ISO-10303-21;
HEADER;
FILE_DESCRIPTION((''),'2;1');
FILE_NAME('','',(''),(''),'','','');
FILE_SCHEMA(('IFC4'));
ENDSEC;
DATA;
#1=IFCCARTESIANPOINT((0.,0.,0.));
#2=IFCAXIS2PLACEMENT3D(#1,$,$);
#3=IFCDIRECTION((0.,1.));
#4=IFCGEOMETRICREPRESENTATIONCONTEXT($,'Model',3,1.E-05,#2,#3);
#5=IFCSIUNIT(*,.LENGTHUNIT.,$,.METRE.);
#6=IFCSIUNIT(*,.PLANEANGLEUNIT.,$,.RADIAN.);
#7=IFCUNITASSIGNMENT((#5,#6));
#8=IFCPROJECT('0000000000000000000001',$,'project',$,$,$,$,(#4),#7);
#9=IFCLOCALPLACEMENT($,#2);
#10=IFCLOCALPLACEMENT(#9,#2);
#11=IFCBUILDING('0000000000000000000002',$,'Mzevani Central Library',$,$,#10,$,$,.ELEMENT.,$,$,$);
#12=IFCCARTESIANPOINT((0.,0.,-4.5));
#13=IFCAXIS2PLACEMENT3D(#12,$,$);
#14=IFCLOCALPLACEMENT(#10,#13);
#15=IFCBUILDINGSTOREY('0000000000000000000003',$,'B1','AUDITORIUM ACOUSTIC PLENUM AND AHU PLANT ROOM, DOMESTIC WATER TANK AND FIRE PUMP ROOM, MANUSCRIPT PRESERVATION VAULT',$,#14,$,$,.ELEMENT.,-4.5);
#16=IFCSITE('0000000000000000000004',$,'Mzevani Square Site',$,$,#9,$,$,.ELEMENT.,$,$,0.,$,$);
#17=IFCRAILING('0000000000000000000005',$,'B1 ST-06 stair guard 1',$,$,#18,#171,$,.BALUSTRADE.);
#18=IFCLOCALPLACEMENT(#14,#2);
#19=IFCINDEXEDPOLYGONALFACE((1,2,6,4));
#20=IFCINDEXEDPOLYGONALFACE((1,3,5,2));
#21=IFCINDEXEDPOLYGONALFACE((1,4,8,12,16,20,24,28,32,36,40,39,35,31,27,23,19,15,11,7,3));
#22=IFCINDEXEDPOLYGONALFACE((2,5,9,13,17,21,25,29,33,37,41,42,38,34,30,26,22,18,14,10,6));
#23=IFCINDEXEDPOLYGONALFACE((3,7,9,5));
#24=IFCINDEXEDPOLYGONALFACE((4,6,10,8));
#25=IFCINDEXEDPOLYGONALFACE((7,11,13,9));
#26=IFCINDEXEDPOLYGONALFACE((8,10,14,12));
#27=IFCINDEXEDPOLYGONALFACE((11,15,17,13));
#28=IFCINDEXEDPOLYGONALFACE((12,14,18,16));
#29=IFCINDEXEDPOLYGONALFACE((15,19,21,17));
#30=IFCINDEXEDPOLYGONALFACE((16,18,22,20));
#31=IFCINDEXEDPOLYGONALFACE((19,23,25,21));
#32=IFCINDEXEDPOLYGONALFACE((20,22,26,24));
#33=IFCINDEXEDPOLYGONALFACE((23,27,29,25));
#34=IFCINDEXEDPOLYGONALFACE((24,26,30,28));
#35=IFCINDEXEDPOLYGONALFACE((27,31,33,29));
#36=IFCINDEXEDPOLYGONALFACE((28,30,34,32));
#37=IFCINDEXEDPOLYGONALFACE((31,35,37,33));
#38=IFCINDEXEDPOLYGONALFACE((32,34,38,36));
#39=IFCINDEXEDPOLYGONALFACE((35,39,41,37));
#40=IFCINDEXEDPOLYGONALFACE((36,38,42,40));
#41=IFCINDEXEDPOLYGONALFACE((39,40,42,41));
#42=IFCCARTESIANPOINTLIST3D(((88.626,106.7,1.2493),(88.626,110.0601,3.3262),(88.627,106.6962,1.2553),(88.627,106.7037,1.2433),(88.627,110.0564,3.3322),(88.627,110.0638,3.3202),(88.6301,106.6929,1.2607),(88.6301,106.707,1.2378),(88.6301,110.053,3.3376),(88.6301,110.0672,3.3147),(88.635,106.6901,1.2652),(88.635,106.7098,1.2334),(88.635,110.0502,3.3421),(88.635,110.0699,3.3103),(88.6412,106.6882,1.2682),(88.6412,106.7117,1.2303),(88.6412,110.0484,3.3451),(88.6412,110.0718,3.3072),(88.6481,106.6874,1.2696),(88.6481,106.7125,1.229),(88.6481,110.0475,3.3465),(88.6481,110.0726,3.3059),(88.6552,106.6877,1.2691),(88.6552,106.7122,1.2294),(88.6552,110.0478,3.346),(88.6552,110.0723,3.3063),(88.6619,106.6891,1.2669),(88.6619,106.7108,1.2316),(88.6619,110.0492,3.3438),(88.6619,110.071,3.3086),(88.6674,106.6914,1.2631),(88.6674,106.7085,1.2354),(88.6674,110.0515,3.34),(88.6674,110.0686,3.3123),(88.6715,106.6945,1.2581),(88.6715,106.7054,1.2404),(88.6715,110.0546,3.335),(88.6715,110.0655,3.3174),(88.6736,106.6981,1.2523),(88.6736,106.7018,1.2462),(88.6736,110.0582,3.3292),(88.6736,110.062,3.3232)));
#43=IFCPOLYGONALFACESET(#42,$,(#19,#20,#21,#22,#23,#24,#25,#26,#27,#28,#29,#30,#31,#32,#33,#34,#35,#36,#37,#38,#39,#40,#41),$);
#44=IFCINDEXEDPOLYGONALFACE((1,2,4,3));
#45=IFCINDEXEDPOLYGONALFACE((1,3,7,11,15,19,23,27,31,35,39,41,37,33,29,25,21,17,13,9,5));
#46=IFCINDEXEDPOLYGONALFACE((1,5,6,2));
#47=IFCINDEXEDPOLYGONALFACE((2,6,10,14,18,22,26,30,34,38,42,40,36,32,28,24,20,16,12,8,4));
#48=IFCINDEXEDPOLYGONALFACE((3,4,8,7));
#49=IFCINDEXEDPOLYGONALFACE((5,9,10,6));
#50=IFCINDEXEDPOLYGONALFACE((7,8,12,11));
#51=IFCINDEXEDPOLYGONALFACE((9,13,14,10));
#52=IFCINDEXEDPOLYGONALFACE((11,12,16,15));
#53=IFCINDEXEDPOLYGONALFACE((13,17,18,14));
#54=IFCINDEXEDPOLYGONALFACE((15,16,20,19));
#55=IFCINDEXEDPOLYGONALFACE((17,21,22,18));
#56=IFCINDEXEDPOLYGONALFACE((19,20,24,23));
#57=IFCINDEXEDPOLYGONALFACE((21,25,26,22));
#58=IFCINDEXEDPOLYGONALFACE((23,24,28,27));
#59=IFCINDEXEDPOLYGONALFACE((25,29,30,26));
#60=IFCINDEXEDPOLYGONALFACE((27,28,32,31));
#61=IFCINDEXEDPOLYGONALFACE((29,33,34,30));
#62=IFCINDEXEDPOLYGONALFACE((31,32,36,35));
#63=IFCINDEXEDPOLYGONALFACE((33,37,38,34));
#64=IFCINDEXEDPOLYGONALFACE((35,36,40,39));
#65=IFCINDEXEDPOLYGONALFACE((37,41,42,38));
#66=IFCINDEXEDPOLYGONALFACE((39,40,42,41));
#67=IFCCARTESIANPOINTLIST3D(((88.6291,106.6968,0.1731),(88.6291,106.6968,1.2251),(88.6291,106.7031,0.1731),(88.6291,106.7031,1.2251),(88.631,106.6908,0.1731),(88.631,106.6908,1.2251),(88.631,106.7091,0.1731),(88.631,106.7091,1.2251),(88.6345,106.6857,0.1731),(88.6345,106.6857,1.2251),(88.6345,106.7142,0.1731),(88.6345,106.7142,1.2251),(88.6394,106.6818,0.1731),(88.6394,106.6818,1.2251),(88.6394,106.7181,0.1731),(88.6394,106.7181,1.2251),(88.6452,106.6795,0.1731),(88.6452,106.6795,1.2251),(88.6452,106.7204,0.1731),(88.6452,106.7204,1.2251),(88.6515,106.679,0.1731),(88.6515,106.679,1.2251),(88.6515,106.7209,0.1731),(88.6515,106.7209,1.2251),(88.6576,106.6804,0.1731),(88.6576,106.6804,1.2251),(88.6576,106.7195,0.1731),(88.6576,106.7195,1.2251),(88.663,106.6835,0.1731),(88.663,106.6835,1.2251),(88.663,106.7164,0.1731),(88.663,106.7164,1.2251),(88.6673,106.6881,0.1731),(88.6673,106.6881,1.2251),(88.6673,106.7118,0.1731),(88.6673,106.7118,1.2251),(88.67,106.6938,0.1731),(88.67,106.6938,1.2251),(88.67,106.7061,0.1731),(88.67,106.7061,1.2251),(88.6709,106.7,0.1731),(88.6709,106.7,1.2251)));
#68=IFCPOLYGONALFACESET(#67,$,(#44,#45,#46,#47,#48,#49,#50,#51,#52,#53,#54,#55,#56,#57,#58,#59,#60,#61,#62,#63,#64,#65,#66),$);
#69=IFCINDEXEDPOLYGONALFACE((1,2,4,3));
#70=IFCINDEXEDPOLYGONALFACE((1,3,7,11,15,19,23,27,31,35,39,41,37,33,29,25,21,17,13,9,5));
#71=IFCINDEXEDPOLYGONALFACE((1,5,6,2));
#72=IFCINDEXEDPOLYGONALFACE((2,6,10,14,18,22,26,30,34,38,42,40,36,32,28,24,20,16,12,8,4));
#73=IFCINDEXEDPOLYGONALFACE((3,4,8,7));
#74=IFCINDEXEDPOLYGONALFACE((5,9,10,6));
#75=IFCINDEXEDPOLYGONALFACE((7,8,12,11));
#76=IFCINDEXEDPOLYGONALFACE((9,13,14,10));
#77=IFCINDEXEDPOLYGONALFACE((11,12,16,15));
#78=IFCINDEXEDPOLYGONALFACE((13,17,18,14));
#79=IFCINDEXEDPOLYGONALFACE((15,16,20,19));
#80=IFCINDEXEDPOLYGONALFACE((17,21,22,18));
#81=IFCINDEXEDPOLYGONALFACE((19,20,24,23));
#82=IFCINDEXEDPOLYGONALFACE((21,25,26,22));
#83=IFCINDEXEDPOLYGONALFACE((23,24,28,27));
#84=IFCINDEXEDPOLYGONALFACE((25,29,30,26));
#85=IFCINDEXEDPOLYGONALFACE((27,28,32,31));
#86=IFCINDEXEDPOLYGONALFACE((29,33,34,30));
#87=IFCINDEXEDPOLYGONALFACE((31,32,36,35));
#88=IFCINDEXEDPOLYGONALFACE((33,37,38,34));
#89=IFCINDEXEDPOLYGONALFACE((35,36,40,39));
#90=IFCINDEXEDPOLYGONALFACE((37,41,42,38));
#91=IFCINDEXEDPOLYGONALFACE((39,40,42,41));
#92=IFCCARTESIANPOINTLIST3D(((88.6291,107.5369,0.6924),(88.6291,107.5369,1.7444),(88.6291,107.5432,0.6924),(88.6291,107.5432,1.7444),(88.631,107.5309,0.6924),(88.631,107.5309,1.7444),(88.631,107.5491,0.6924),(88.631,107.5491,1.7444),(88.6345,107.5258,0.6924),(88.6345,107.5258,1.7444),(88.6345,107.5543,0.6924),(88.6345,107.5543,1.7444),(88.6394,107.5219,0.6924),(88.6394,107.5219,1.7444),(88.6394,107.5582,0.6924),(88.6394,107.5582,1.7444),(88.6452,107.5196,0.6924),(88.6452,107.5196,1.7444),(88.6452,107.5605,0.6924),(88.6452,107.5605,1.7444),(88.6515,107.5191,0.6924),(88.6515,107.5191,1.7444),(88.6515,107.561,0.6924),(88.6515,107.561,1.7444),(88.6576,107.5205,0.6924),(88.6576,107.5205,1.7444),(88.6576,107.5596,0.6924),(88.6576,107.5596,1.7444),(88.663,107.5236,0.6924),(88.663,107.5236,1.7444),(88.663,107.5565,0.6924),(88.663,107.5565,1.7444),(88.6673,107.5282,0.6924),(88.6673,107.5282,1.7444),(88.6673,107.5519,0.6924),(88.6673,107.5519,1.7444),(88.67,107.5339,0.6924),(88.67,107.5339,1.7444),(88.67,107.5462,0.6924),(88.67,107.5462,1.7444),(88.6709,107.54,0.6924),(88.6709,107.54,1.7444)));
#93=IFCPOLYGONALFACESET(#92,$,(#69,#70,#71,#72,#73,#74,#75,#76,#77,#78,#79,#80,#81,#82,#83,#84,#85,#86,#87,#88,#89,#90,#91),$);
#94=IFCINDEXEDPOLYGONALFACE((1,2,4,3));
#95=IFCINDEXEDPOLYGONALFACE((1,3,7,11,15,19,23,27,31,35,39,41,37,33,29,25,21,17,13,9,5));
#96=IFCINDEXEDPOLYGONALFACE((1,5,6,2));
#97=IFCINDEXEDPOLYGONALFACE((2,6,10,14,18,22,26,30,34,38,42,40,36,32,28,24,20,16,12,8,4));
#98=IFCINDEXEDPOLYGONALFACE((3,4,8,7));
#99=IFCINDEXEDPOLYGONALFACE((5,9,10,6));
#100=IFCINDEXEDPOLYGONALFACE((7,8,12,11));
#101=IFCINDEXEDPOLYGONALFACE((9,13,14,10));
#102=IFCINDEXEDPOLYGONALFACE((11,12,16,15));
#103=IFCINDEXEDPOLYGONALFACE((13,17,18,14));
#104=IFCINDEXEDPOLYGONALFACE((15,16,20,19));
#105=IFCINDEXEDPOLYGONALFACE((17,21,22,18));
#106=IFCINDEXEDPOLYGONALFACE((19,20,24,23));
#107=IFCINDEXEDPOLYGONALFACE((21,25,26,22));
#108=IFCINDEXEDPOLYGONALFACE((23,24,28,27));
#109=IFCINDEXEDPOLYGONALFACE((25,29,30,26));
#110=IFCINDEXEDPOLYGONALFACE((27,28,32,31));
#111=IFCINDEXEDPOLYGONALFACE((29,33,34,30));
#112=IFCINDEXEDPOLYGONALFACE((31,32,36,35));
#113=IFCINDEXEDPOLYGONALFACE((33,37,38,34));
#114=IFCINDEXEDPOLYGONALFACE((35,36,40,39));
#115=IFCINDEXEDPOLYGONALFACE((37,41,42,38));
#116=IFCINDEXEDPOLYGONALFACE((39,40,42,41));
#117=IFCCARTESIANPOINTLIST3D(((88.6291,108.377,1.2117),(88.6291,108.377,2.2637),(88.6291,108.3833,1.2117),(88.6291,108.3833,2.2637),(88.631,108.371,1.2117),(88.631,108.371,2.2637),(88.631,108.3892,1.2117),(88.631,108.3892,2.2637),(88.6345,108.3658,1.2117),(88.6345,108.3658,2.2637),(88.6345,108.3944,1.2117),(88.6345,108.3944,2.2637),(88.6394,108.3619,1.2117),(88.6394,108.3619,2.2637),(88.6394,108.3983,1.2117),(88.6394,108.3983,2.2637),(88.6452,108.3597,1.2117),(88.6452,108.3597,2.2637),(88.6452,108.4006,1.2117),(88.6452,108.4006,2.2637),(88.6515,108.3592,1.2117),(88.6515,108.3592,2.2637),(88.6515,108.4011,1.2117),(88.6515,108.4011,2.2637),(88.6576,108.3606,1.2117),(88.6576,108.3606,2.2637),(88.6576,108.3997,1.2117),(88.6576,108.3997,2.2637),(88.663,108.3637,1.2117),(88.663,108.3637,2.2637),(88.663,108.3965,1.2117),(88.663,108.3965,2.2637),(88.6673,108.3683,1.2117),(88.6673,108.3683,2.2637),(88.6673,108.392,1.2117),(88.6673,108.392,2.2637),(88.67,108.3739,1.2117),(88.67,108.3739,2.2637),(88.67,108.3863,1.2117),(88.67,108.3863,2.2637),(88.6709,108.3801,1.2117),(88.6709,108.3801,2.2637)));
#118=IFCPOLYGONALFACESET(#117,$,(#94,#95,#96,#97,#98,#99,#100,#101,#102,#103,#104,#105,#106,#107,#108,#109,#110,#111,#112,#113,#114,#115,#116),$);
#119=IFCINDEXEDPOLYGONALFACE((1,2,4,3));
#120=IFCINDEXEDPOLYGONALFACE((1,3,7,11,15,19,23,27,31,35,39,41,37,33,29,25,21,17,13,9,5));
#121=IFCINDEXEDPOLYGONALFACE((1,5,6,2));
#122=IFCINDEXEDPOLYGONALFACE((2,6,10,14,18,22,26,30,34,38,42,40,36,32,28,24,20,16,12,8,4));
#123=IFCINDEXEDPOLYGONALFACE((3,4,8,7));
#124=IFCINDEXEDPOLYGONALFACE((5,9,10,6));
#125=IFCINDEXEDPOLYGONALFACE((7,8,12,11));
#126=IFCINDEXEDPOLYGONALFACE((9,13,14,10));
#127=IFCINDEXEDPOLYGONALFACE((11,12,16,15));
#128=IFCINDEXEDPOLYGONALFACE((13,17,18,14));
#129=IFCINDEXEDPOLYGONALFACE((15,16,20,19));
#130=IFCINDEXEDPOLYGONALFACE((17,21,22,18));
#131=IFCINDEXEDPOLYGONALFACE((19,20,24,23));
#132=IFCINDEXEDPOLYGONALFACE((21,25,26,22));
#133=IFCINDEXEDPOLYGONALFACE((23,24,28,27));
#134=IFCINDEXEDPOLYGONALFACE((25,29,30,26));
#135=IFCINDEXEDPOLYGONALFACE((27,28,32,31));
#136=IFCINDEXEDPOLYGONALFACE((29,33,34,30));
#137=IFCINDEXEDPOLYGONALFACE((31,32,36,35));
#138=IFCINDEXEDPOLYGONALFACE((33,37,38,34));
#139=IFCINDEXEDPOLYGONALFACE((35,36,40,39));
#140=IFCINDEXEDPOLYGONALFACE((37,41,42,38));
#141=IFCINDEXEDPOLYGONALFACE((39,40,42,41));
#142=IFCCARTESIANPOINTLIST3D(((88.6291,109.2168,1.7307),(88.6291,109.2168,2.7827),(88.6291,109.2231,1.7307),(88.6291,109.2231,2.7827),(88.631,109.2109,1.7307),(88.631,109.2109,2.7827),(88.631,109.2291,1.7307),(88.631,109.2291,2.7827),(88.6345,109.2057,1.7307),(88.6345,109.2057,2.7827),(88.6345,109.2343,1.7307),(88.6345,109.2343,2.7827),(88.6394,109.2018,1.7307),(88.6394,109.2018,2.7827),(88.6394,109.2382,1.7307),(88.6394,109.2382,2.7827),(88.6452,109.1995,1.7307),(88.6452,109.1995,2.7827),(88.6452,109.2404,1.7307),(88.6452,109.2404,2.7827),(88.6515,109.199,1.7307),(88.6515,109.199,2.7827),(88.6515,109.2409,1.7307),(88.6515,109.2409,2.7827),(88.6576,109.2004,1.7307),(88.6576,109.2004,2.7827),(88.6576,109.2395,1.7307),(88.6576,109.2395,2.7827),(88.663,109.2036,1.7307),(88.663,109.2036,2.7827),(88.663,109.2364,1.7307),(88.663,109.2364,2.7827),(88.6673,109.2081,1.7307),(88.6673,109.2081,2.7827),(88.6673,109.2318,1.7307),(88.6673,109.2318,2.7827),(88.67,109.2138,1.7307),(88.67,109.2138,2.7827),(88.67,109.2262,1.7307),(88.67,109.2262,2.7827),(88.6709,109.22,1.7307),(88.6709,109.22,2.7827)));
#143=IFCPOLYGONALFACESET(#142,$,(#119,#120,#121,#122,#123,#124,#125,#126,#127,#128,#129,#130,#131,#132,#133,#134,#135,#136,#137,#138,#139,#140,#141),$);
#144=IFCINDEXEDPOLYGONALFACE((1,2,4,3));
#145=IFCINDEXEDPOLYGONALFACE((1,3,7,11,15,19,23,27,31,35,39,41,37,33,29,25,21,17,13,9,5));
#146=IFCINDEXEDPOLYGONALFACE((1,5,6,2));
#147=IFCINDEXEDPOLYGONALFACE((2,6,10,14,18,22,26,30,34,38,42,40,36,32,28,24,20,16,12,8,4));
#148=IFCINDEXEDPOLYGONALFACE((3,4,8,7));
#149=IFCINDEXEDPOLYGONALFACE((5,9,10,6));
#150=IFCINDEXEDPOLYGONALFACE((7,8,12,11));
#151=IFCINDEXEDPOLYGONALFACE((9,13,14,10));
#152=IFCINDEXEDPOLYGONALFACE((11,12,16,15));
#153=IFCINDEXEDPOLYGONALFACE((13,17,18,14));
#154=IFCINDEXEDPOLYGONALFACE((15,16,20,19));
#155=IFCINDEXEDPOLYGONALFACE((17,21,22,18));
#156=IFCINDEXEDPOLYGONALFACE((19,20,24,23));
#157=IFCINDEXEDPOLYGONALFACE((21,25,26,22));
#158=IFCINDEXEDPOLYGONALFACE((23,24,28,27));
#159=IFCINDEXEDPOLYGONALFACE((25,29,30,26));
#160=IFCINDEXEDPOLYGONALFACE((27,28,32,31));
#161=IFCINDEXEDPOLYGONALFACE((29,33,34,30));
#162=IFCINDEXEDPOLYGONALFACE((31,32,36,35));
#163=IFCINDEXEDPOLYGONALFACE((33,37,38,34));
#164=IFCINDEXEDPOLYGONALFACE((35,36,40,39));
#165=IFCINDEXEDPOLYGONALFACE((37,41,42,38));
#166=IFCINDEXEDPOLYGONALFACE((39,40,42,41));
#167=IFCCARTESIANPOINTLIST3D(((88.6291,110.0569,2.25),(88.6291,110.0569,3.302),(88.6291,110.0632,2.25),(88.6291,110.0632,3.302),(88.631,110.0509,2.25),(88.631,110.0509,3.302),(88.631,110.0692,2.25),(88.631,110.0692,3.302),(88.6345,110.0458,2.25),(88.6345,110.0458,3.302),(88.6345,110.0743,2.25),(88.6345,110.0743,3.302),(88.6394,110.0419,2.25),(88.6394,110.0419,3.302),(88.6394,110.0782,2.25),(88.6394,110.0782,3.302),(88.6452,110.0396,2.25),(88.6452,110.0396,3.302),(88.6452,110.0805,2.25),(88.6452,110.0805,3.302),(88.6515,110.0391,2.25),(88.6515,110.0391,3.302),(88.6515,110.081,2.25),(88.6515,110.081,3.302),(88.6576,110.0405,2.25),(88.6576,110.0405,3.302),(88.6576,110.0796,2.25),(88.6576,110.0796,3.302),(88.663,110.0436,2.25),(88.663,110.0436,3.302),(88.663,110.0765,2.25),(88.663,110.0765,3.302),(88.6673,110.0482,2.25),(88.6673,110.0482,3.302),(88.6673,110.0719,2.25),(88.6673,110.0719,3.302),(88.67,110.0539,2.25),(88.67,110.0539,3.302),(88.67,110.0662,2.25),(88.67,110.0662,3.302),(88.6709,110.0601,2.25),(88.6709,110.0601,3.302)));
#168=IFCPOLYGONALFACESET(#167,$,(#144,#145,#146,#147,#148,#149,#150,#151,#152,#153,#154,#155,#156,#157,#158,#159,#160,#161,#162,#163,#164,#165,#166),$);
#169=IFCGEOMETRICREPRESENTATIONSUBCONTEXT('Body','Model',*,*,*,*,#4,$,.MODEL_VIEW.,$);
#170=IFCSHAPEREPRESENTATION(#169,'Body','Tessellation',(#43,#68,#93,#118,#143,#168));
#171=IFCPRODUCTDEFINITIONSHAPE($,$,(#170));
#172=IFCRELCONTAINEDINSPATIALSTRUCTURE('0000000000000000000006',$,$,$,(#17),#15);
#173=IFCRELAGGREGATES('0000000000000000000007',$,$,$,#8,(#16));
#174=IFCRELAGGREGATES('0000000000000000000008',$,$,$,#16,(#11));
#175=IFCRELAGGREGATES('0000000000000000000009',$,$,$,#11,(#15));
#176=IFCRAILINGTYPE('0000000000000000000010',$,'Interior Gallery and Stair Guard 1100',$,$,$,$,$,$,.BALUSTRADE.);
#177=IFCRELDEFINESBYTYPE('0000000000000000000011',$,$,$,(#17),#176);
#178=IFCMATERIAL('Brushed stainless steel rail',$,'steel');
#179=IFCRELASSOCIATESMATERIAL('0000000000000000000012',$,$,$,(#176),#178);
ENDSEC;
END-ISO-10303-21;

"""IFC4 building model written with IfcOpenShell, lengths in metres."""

from ifc_helpers import new_model, si_unit, direction, frame, origin, origin_2d, place, context, subcontext, project, spatial, circle, extrude, material, type_object, element, save


model = new_model("IFC4")

# Units and contexts
model_context = context("Model", 3, precision=1e-05, world=origin(), true_north=direction((0.0, 1.0)))
body_context = subcontext(model_context, "Body", "Model", "MODEL_VIEW")
ifc_project = project(units=[si_unit("LENGTHUNIT", "METRE"), si_unit("PLANEANGLEUNIT", "RADIAN")], contexts=[model_context])

# Site, building, storey
site_placement = place(None, origin())
site = spatial("IfcSite", under=ifc_project, at=site_placement, Name="Mzevani Square Site", CompositionType="ELEMENT", RefElevation=0.0)
building_placement = place(site_placement, origin())
building = spatial("IfcBuilding", under=site, at=building_placement, Name="Mzevani Central Library", CompositionType="ELEMENT")
storey_placement = place(building_placement, frame((0.0, 0.0, -4.5)))
storey = spatial("IfcBuildingStorey", under=building, at=storey_placement, Name="B1", Description="AUDITORIUM ACOUSTIC PLENUM AND AHU PLANT ROOM, DOMESTIC WATER TANK AND FIRE PUMP ROOM, MANUSCRIPT PRESERVATION VAULT", CompositionType="ELEMENT", Elevation=-4.5)

# Railing
ifc_material_1 = material(Name="Brushed stainless steel rail", Category="steel")
railing_type_1 = type_object("IfcRailingType", Name="Interior Gallery and Stair Guard 1100", PredefinedType="BALUSTRADE", material=ifc_material_1)
railing_1_placement = place(storey_placement, frame((88.6499, 106.7, 0.1731)))
element("IfcRailing", 1, at=railing_1_placement, inside=storey, type_object=railing_type_1, Name="B1 ST-06 stair guard 1", PredefinedType="BALUSTRADE", context=body_context, shape_type="SweptSolid", body=[
    extrude(circle(Radius=0.0239, at=origin_2d()), frame((0.0, 0.0, 1.0762), z_axis=(0.0, 0.850623, 0.525776), x_axis=(-1.0, 0.0, 0.0)), (0.0, 0.0, 1.0), 3.9502),
    extrude(circle(Radius=0.021, at=origin_2d()), origin(), (0.0, 0.0, 1.0), 1.052),
    extrude(circle(Radius=0.021, at=origin_2d()), frame((0.0, 0.8401, 0.5193)), (0.0, 0.0, 1.0), 1.052),
    extrude(circle(Radius=0.021, at=origin_2d()), frame((0.0, 1.6802, 1.0386)), (0.0, 0.0, 1.0), 1.052),
    extrude(circle(Radius=0.021, at=origin_2d()), frame((0.0, 2.52, 1.5576)), (0.0, 0.0, 1.0), 1.052),
    extrude(circle(Radius=0.021, at=origin_2d()), frame((0.0, 3.3601, 2.0769)), (0.0, 0.0, 1.0), 1.052),
])

save(model, "model.ifc")
